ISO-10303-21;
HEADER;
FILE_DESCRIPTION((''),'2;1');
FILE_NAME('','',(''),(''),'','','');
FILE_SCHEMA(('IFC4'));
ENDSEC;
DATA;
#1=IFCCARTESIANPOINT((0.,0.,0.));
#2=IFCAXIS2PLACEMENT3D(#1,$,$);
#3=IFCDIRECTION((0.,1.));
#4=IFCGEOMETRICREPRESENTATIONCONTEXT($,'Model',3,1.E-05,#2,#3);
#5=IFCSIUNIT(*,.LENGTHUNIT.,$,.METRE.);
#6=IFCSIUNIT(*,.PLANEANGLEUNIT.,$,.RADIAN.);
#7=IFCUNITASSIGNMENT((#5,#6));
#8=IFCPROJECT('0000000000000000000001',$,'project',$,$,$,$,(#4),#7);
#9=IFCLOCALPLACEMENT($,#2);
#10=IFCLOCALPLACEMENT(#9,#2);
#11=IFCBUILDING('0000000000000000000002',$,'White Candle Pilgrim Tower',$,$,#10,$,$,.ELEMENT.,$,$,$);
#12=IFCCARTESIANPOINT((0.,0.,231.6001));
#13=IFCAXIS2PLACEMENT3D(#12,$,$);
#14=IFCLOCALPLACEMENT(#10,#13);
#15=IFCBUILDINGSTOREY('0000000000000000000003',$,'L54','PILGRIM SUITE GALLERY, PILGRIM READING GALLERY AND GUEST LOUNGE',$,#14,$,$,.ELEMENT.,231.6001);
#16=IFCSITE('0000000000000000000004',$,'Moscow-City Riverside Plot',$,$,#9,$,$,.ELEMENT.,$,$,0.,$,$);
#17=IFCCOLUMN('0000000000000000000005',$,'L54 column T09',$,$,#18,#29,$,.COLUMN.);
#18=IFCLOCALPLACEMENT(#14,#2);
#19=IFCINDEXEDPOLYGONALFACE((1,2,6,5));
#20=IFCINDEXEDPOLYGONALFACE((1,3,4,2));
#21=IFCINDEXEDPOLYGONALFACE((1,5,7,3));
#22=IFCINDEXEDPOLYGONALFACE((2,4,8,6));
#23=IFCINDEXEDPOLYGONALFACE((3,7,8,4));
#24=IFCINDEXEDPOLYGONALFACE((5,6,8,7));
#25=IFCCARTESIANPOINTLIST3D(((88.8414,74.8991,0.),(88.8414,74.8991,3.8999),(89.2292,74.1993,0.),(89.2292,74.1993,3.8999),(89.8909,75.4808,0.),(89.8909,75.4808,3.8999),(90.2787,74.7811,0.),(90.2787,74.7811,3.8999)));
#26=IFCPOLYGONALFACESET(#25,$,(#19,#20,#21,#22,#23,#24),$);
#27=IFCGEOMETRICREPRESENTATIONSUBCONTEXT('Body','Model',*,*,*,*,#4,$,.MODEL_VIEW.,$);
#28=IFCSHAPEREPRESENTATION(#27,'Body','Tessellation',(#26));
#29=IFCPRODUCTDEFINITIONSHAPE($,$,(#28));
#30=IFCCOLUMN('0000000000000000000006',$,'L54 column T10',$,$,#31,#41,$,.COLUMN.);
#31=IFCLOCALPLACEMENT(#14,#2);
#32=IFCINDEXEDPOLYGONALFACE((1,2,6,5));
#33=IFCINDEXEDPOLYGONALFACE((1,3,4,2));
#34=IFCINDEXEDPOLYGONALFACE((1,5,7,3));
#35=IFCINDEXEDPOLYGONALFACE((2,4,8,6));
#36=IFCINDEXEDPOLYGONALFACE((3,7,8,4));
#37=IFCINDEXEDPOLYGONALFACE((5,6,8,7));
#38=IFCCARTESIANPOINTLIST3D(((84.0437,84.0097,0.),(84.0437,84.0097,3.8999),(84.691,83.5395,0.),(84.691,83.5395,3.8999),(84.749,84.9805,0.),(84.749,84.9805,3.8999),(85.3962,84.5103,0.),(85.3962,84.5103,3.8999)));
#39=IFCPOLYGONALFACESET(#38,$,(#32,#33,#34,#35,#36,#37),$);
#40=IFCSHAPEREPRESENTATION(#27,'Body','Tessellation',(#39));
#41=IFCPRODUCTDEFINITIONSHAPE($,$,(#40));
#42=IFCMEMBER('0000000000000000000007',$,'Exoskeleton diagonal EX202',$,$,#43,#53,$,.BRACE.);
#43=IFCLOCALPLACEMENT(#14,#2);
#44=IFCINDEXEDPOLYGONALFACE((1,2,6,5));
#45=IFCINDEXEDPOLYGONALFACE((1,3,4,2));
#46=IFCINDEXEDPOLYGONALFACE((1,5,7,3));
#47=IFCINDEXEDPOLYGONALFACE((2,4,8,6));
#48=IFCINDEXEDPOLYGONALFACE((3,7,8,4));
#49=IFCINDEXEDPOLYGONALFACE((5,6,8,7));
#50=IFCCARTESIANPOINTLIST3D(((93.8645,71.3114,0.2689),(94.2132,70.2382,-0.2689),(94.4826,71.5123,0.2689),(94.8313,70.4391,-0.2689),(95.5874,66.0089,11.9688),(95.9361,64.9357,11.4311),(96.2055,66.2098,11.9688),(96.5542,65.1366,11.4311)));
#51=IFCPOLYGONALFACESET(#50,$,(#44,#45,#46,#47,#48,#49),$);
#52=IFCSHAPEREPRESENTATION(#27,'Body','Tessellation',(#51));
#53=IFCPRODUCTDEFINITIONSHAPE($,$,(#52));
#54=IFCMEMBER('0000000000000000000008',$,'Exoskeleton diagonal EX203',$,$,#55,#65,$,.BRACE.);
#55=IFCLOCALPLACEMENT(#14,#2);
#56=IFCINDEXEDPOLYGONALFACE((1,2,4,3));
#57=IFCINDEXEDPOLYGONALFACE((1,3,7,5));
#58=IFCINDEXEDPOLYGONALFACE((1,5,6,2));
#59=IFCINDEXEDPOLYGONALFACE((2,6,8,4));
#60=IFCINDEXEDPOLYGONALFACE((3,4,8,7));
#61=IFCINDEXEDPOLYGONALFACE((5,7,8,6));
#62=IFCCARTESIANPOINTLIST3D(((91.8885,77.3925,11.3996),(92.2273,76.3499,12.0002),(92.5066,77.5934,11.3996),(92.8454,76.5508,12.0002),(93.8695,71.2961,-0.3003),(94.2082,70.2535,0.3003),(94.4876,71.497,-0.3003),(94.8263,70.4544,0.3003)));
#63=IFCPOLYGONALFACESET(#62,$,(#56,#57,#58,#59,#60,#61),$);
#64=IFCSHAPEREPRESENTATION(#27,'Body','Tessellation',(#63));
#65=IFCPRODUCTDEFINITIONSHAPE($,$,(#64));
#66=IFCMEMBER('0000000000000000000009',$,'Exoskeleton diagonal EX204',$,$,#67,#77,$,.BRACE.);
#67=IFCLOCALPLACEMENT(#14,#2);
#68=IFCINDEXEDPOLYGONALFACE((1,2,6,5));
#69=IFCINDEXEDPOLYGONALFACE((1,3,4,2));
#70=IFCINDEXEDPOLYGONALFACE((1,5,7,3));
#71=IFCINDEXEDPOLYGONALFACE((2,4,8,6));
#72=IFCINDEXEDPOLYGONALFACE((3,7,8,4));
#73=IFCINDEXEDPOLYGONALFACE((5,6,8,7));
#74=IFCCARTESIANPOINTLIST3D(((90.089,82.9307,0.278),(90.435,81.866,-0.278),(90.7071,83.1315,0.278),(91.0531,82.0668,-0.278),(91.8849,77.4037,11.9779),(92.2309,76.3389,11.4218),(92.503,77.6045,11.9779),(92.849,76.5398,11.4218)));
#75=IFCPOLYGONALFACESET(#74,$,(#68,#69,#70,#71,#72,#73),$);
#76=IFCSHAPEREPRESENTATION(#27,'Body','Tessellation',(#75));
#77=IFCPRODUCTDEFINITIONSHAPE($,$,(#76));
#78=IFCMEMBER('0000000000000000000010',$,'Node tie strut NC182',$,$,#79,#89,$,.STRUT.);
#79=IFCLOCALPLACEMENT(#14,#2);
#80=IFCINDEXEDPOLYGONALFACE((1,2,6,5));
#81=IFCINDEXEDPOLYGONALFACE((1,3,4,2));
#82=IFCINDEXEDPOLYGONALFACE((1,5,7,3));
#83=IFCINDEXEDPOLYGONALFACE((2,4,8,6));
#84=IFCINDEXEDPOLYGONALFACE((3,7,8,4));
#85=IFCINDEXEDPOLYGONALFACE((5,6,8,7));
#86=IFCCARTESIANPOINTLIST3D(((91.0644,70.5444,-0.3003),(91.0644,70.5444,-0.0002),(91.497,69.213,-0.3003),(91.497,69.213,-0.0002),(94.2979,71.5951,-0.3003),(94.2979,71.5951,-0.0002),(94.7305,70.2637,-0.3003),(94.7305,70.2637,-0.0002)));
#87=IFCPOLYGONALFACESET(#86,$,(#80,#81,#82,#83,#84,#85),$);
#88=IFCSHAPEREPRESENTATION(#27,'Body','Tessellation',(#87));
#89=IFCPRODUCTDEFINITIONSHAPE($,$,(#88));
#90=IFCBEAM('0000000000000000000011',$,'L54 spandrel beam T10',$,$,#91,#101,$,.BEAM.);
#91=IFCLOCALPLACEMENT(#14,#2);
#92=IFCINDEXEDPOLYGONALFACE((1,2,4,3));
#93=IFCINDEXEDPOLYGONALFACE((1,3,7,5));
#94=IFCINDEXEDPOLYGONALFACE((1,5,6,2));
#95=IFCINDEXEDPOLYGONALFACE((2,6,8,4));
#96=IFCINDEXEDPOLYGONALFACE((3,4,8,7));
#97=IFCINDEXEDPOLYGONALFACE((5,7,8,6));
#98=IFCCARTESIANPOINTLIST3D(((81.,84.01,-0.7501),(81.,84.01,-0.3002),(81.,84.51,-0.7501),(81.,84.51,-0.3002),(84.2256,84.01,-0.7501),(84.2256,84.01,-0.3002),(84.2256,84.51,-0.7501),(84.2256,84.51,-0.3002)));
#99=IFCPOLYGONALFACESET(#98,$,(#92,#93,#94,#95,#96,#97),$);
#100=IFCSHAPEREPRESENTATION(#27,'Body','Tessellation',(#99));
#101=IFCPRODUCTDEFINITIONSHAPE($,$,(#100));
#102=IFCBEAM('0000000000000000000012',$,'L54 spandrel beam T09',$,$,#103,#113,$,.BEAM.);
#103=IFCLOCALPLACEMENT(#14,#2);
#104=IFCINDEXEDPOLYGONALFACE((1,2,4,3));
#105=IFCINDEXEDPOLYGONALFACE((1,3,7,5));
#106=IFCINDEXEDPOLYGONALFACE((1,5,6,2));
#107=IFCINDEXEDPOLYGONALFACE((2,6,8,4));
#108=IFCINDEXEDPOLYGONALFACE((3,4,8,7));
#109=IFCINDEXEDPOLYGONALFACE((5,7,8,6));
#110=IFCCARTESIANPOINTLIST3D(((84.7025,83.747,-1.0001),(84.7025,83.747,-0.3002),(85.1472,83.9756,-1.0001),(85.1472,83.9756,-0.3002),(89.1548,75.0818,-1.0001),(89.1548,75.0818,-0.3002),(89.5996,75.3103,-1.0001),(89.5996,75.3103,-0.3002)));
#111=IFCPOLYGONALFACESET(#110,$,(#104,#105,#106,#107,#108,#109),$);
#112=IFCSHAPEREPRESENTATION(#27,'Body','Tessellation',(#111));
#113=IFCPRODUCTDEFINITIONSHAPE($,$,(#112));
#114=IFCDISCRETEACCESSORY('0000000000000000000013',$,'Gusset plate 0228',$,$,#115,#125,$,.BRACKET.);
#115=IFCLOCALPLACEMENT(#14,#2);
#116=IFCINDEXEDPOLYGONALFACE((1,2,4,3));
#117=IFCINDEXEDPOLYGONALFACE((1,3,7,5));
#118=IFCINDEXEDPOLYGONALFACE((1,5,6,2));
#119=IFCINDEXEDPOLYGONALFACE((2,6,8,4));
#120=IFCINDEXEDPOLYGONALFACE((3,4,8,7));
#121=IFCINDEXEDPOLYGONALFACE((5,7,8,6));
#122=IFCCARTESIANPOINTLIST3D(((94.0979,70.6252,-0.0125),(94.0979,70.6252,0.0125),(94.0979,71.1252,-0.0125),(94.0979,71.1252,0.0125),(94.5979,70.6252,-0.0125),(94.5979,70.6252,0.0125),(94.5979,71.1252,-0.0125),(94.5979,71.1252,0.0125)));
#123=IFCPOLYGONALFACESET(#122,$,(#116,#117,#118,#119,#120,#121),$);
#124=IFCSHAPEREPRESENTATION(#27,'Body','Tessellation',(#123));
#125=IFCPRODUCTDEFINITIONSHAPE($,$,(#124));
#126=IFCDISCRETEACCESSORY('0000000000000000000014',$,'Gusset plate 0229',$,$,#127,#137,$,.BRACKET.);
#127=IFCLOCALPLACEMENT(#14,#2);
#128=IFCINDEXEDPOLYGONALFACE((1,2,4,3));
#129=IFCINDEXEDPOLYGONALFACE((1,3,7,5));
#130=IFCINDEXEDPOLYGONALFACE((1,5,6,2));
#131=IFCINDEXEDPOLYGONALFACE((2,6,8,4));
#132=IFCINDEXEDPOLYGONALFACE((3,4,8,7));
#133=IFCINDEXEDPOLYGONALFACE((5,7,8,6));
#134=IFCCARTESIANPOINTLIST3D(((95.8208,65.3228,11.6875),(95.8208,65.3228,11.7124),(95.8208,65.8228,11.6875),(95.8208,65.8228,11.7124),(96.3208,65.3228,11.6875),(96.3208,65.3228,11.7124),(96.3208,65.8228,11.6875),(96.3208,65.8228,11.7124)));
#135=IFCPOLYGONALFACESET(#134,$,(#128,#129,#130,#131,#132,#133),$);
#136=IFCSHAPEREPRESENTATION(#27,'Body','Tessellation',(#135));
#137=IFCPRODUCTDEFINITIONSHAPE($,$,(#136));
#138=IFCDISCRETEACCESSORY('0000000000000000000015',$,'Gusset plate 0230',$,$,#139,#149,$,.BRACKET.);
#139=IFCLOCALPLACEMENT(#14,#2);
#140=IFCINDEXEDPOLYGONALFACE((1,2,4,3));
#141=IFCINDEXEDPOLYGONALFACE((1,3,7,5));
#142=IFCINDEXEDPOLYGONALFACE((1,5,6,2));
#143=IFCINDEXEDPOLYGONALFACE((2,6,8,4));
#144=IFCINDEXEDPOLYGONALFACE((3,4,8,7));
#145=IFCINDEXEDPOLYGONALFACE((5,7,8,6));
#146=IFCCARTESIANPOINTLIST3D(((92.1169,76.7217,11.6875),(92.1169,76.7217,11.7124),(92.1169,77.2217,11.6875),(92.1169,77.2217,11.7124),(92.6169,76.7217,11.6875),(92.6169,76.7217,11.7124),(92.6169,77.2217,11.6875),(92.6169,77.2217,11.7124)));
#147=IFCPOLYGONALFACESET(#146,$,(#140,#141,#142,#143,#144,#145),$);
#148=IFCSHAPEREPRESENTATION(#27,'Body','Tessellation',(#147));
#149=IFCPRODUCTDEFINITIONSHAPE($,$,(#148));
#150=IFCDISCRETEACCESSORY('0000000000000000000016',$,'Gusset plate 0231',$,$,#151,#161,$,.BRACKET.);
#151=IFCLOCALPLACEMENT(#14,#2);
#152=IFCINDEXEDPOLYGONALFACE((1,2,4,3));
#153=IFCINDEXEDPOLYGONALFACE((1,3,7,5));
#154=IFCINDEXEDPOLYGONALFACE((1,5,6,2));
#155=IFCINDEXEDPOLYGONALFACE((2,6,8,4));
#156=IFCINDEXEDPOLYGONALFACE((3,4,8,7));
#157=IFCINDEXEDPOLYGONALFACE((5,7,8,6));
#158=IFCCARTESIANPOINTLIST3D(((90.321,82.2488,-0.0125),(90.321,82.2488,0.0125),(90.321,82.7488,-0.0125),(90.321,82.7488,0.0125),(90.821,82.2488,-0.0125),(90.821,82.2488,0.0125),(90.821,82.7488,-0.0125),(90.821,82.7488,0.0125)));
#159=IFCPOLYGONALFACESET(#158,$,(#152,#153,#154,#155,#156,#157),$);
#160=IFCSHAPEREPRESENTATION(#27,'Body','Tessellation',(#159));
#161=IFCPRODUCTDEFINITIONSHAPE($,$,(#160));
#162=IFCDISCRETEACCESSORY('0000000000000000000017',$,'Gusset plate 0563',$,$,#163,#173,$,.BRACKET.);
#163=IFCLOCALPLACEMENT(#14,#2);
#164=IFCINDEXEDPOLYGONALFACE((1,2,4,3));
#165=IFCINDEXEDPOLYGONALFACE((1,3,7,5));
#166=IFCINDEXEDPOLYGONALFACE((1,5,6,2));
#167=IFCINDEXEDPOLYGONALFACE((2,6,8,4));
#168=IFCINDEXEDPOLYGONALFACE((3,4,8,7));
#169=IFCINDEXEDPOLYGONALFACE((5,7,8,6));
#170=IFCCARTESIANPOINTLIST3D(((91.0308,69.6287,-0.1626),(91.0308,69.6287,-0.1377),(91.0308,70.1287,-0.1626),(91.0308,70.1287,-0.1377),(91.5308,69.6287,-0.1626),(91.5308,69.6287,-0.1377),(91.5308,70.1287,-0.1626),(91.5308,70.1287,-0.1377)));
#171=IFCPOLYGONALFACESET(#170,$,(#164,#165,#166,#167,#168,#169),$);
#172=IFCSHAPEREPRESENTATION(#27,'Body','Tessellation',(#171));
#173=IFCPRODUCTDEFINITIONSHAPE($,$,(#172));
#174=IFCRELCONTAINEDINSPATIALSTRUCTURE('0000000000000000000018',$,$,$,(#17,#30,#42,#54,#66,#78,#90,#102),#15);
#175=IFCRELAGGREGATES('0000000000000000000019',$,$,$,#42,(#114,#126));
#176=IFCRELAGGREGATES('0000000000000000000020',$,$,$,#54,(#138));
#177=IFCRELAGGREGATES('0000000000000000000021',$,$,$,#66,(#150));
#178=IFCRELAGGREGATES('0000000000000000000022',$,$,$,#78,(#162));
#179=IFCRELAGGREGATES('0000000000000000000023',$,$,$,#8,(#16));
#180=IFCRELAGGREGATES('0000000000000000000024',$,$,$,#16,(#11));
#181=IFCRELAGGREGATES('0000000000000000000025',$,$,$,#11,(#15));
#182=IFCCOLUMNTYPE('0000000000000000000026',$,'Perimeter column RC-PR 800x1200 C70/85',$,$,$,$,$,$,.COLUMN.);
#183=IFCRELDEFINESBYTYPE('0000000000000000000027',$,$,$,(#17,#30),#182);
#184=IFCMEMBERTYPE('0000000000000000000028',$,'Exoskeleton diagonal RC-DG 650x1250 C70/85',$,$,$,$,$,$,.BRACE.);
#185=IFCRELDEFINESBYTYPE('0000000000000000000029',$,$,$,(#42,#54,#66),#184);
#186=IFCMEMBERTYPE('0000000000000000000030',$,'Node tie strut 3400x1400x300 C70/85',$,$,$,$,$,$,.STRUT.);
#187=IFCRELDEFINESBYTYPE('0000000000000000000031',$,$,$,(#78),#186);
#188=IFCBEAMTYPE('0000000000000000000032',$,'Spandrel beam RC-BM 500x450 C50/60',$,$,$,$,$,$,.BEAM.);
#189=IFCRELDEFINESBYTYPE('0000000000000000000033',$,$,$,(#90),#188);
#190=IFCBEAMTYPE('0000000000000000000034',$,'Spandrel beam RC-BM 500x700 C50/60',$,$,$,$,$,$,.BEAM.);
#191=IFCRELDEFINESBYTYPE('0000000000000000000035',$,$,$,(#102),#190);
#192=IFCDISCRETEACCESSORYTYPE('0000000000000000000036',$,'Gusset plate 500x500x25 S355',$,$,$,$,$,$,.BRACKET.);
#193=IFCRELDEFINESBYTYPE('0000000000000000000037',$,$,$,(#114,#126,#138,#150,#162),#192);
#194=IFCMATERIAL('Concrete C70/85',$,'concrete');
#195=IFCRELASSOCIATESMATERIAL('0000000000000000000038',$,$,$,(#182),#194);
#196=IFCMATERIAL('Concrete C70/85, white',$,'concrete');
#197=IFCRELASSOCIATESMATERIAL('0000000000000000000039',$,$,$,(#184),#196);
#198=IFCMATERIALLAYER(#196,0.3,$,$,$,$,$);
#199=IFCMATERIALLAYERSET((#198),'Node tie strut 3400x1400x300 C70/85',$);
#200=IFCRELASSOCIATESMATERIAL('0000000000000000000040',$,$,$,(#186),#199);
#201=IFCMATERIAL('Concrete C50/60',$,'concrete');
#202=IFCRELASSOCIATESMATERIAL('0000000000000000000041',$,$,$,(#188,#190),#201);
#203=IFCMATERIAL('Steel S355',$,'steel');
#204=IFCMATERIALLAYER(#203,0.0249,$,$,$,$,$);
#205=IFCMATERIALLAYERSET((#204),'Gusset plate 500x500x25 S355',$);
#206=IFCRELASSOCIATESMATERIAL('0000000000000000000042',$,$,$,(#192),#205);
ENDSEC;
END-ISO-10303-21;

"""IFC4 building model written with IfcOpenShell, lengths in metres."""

from ifc_helpers import new_model, si_unit, direction, frame, origin, origin_2d, place, context, subcontext, project, spatial, rectangle, extrude, material, layer, layer_set, material_profile, profile_set, type_object, element, aggregate, save


model = new_model("IFC4")

# Units and contexts
model_context = context("Model", 3, precision=1e-05, world=origin(), true_north=direction((0.0, 1.0)))
body_context = subcontext(model_context, "Body", "Model", "MODEL_VIEW")
ifc_project = project(units=[si_unit("LENGTHUNIT", "METRE"), si_unit("PLANEANGLEUNIT", "RADIAN")], contexts=[model_context])

# Site, building, storey
site_placement = place(None, origin())
site = spatial("IfcSite", under=ifc_project, at=site_placement, Name="Moscow-City Riverside Plot", CompositionType="ELEMENT", RefElevation=0.0)
building_placement = place(site_placement, origin())
building = spatial("IfcBuilding", under=site, at=building_placement, Name="White Candle Pilgrim Tower", CompositionType="ELEMENT")
storey_placement = place(building_placement, frame((0.0, 0.0, 231.6001)))
storey = spatial("IfcBuildingStorey", under=building, at=storey_placement, Name="L54", Description="PILGRIM SUITE GALLERY, PILGRIM READING GALLERY AND GUEST LOUNGE", CompositionType="ELEMENT", Elevation=231.6001)

# Columns
ifc_material_1 = material(Name="Concrete C70/85", Category="concrete")
ifc_material_profile_1 = material_profile(ifc_material_1, rectangle(XDim=0.8, YDim=1.2, at=origin_2d()), Name="RC-PR 800x1200")
ifc_profile_set_1 = profile_set([ifc_material_profile_1], Name="Concrete C70/85")
column_type = type_object("IfcColumnType", Name="Perimeter column RC-PR 800x1200 C70/85", PredefinedType="COLUMN", material=ifc_profile_set_1)
for number, where, z_axis, x_axis, name in (
    (1, (89.5601, 74.8401, 0.0), (0.0, 0.0, 1.0), (0.48481, -0.87462, 0.0), "L54 column T09"),
    (2, (84.72, 84.26, 0.0), (0.0, 0.0, 1.0), (0.809027, -0.587771, 0.0), "L54 column T10"),
):
    element("IfcColumn", number, at=place(storey_placement, frame(where, z_axis=z_axis, x_axis=x_axis)), inside=storey, type_object=column_type, Name=name, PredefinedType="COLUMN", context=body_context, shape_type="SweptSolid", body=[
        extrude(rectangle(XDim=0.8, YDim=1.2, at=origin_2d()), origin(), (0.0, 0.0, 1.0), 3.8999),
    ])

# Members
ifc_material_2 = material(Name="Concrete C70/85, white", Category="concrete")
ifc_material_profile_2 = material_profile(ifc_material_2, rectangle(XDim=0.6499, YDim=1.25, at=origin_2d()), Name="RC-DG 650x1250")
ifc_profile_set_2 = profile_set([ifc_material_profile_2], Name="Concrete C70/85, white")
member_type_1 = type_object("IfcMemberType", Name="Exoskeleton diagonal RC-DG 650x1250 C70/85", PredefinedType="BRACE", material=ifc_profile_set_2)
member_1_placement = place(storey_placement, frame((94.3479, 70.8752, 0.0), z_axis=(0.132935, -0.409128, 0.902742), x_axis=(0.951056, 0.30902, 0.0)))
member_1 = element("IfcMember", 3, at=member_1_placement, inside=storey, type_object=member_type_1, Name="Exoskeleton diagonal EX202", PredefinedType="BRACE", context=body_context, shape_type="SweptSolid", body=[
    extrude(rectangle(XDim=0.6499, YDim=1.25, at=origin_2d()), origin(), (0.0, 0.0, 1.0), 12.9604),
])
member_2_placement = place(storey_placement, frame((94.3479, 70.8752, 0.0), z_axis=(-0.148488, 0.456973, 0.876999), x_axis=(-0.951052, -0.309032, 0.0)))
member_2 = element("IfcMember", 4, at=member_2_placement, inside=storey, type_object=member_type_1, Name="Exoskeleton diagonal EX203", PredefinedType="BRACE", context=body_context, shape_type="SweptSolid", body=[
    extrude(rectangle(XDim=0.6499, YDim=1.25, at=origin_2d()), origin(), (0.0, 0.0, 1.0), 13.3408),
])
member_3_placement = place(storey_placement, frame((90.571, 82.4988, 0.0), z_axis=(0.137471, -0.423085, 0.895601), x_axis=(0.951055, 0.309022, 0.0)))
member_3 = element("IfcMember", 5, at=member_3_placement, inside=storey, type_object=member_type_1, Name="Exoskeleton diagonal EX204", PredefinedType="BRACE", context=body_context, shape_type="SweptSolid", body=[
    extrude(rectangle(XDim=0.6499, YDim=1.25, at=origin_2d()), origin(), (0.0, 0.0, 1.0), 13.0637),
])
ifc_layer_1 = layer(ifc_material_2, 0.3)
ifc_layer_set_1 = layer_set([ifc_layer_1], Name="Node tie strut 3400x1400x300 C70/85")
member_type_2 = type_object("IfcMemberType", Name="Node tie strut 3400x1400x300 C70/85", PredefinedType="STRUT", material=ifc_layer_set_1)
member_4_placement = place(storey_placement, frame((92.8975, 70.4041, -0.3003), z_axis=(0.0, 0.0, 1.0), x_axis=(-0.309017, 0.951057, 0.0)))
member_4 = element("IfcMember", 6, at=member_4_placement, inside=storey, type_object=member_type_2, Name="Node tie strut NC182", PredefinedType="STRUT", context=body_context, shape_type="SweptSolid", body=[
    extrude(rectangle(XDim=1.3999, YDim=3.3999, at=origin_2d()), origin(), (0.0, 0.0, 1.0), 0.3),
])

# Beams
ifc_material_3 = material(Name="Concrete C50/60", Category="concrete")
ifc_material_profile_3 = material_profile(ifc_material_3, rectangle(XDim=0.5, YDim=0.45, at=origin_2d()), Name="RC-BM 500x450")
ifc_profile_set_3 = profile_set([ifc_material_profile_3], Name="Concrete C50/60")
beam_type_1 = type_object("IfcBeamType", Name="Spandrel beam RC-BM 500x450 C50/60", PredefinedType="BEAM", material=ifc_profile_set_3)
beam_1_placement = place(storey_placement, frame((84.2256, 84.26, -0.5251), z_axis=(-1.0, 0.0, 0.0), x_axis=(0.0, -1.0, 0.0)))
element("IfcBeam", 7, at=beam_1_placement, inside=storey, type_object=beam_type_1, Name="L54 spandrel beam T10", PredefinedType="BEAM", context=body_context, shape_type="SweptSolid", body=[
    extrude(rectangle(XDim=0.5, YDim=0.45, at=origin_2d()), origin(), (0.0, 0.0, 1.0), 3.2256),
])
ifc_material_profile_4 = material_profile(ifc_material_3, rectangle(XDim=0.5, YDim=0.7, at=origin_2d()), Name="RC-BM 500x700")
ifc_profile_set_4 = profile_set([ifc_material_profile_4], Name="Concrete C50/60")
beam_type_2 = type_object("IfcBeamType", Name="Spandrel beam RC-BM 500x700 C50/60", PredefinedType="BEAM", material=ifc_profile_set_4)
beam_2_placement = place(storey_placement, frame((89.3772, 75.196, -0.6501), z_axis=(-0.45702, 0.889456, 0.0), x_axis=(-0.889456, -0.45702, 0.0)))
element("IfcBeam", 8, at=beam_2_placement, inside=storey, type_object=beam_type_2, Name="L54 spandrel beam T09", PredefinedType="BEAM", context=body_context, shape_type="SweptSolid", body=[
    extrude(rectangle(XDim=0.5, YDim=0.7, at=origin_2d()), origin(), (0.0, 0.0, 1.0), 9.7422),
])

# Discrete accessories
ifc_material_4 = material(Name="Steel S355", Category="steel")
ifc_layer_2 = layer(ifc_material_4, 0.0249)
ifc_layer_set_2 = layer_set([ifc_layer_2], Name="Gusset plate 500x500x25 S355")
discrete_accessory_type = type_object("IfcDiscreteAccessoryType", Name="Gusset plate 500x500x25 S355", PredefinedType="BRACKET", material=ifc_layer_set_2)
discrete_accessory_1_placement = place(storey_placement, frame((94.3479, 70.8752, -0.0125), z_axis=(0.0, 0.0, 1.0), x_axis=(1.0, 0.0, 0.0)))
discrete_accessory_1 = element("IfcDiscreteAccessory", 9, at=discrete_accessory_1_placement, type_object=discrete_accessory_type, Name="Gusset plate 0228", PredefinedType="BRACKET", context=body_context, shape_type="SweptSolid", body=[
    extrude(rectangle(XDim=0.5, YDim=0.5, at=origin_2d()), origin(), (0.0, 0.0, 1.0), 0.0249),
])
placement = place(building_placement, frame((0.0, 0.0, 243.3)))
discrete_accessory_2_placement = place(placement, frame((96.0708, 65.5728, -0.0125), z_axis=(0.0, 0.0, 1.0), x_axis=(1.0, 0.0, 0.0)))
discrete_accessory_2 = element("IfcDiscreteAccessory", 10, at=discrete_accessory_2_placement, type_object=discrete_accessory_type, Name="Gusset plate 0229", PredefinedType="BRACKET", context=body_context, shape_type="SweptSolid", body=[
    extrude(rectangle(XDim=0.5, YDim=0.5, at=origin_2d()), origin(), (0.0, 0.0, 1.0), 0.0249),
])
aggregate(member_1, [discrete_accessory_1, discrete_accessory_2])
discrete_accessory_3_placement = place(placement, frame((92.3669, 76.9717, -0.0125), z_axis=(0.0, 0.0, 1.0), x_axis=(1.0, 0.0, 0.0)))
discrete_accessory_3 = element("IfcDiscreteAccessory", 11, at=discrete_accessory_3_placement, type_object=discrete_accessory_type, Name="Gusset plate 0230", PredefinedType="BRACKET", context=body_context, shape_type="SweptSolid", body=[
    extrude(rectangle(XDim=0.5, YDim=0.5, at=origin_2d()), origin(), (0.0, 0.0, 1.0), 0.0249),
])
aggregate(member_2, [discrete_accessory_3])
discrete_accessory_4_placement = place(storey_placement, frame((90.571, 82.4988, -0.0125), z_axis=(0.0, 0.0, 1.0), x_axis=(1.0, 0.0, 0.0)))
discrete_accessory_4 = element("IfcDiscreteAccessory", 12, at=discrete_accessory_4_placement, type_object=discrete_accessory_type, Name="Gusset plate 0231", PredefinedType="BRACKET", context=body_context, shape_type="SweptSolid", body=[
    extrude(rectangle(XDim=0.5, YDim=0.5, at=origin_2d()), origin(), (0.0, 0.0, 1.0), 0.0249),
])
aggregate(member_3, [discrete_accessory_4])
discrete_accessory_5_placement = place(storey_placement, frame((91.2808, 69.8787, -0.1626), z_axis=(0.0, 0.0, 1.0), x_axis=(1.0, 0.0, 0.0)))
discrete_accessory_5 = element("IfcDiscreteAccessory", 13, at=discrete_accessory_5_placement, type_object=discrete_accessory_type, Name="Gusset plate 0563", PredefinedType="BRACKET", context=body_context, shape_type="SweptSolid", body=[
    extrude(rectangle(XDim=0.5, YDim=0.5, at=origin_2d()), origin(), (0.0, 0.0, 1.0), 0.0249),
])
aggregate(member_4, [discrete_accessory_5])

save(model, "model.ifc")
